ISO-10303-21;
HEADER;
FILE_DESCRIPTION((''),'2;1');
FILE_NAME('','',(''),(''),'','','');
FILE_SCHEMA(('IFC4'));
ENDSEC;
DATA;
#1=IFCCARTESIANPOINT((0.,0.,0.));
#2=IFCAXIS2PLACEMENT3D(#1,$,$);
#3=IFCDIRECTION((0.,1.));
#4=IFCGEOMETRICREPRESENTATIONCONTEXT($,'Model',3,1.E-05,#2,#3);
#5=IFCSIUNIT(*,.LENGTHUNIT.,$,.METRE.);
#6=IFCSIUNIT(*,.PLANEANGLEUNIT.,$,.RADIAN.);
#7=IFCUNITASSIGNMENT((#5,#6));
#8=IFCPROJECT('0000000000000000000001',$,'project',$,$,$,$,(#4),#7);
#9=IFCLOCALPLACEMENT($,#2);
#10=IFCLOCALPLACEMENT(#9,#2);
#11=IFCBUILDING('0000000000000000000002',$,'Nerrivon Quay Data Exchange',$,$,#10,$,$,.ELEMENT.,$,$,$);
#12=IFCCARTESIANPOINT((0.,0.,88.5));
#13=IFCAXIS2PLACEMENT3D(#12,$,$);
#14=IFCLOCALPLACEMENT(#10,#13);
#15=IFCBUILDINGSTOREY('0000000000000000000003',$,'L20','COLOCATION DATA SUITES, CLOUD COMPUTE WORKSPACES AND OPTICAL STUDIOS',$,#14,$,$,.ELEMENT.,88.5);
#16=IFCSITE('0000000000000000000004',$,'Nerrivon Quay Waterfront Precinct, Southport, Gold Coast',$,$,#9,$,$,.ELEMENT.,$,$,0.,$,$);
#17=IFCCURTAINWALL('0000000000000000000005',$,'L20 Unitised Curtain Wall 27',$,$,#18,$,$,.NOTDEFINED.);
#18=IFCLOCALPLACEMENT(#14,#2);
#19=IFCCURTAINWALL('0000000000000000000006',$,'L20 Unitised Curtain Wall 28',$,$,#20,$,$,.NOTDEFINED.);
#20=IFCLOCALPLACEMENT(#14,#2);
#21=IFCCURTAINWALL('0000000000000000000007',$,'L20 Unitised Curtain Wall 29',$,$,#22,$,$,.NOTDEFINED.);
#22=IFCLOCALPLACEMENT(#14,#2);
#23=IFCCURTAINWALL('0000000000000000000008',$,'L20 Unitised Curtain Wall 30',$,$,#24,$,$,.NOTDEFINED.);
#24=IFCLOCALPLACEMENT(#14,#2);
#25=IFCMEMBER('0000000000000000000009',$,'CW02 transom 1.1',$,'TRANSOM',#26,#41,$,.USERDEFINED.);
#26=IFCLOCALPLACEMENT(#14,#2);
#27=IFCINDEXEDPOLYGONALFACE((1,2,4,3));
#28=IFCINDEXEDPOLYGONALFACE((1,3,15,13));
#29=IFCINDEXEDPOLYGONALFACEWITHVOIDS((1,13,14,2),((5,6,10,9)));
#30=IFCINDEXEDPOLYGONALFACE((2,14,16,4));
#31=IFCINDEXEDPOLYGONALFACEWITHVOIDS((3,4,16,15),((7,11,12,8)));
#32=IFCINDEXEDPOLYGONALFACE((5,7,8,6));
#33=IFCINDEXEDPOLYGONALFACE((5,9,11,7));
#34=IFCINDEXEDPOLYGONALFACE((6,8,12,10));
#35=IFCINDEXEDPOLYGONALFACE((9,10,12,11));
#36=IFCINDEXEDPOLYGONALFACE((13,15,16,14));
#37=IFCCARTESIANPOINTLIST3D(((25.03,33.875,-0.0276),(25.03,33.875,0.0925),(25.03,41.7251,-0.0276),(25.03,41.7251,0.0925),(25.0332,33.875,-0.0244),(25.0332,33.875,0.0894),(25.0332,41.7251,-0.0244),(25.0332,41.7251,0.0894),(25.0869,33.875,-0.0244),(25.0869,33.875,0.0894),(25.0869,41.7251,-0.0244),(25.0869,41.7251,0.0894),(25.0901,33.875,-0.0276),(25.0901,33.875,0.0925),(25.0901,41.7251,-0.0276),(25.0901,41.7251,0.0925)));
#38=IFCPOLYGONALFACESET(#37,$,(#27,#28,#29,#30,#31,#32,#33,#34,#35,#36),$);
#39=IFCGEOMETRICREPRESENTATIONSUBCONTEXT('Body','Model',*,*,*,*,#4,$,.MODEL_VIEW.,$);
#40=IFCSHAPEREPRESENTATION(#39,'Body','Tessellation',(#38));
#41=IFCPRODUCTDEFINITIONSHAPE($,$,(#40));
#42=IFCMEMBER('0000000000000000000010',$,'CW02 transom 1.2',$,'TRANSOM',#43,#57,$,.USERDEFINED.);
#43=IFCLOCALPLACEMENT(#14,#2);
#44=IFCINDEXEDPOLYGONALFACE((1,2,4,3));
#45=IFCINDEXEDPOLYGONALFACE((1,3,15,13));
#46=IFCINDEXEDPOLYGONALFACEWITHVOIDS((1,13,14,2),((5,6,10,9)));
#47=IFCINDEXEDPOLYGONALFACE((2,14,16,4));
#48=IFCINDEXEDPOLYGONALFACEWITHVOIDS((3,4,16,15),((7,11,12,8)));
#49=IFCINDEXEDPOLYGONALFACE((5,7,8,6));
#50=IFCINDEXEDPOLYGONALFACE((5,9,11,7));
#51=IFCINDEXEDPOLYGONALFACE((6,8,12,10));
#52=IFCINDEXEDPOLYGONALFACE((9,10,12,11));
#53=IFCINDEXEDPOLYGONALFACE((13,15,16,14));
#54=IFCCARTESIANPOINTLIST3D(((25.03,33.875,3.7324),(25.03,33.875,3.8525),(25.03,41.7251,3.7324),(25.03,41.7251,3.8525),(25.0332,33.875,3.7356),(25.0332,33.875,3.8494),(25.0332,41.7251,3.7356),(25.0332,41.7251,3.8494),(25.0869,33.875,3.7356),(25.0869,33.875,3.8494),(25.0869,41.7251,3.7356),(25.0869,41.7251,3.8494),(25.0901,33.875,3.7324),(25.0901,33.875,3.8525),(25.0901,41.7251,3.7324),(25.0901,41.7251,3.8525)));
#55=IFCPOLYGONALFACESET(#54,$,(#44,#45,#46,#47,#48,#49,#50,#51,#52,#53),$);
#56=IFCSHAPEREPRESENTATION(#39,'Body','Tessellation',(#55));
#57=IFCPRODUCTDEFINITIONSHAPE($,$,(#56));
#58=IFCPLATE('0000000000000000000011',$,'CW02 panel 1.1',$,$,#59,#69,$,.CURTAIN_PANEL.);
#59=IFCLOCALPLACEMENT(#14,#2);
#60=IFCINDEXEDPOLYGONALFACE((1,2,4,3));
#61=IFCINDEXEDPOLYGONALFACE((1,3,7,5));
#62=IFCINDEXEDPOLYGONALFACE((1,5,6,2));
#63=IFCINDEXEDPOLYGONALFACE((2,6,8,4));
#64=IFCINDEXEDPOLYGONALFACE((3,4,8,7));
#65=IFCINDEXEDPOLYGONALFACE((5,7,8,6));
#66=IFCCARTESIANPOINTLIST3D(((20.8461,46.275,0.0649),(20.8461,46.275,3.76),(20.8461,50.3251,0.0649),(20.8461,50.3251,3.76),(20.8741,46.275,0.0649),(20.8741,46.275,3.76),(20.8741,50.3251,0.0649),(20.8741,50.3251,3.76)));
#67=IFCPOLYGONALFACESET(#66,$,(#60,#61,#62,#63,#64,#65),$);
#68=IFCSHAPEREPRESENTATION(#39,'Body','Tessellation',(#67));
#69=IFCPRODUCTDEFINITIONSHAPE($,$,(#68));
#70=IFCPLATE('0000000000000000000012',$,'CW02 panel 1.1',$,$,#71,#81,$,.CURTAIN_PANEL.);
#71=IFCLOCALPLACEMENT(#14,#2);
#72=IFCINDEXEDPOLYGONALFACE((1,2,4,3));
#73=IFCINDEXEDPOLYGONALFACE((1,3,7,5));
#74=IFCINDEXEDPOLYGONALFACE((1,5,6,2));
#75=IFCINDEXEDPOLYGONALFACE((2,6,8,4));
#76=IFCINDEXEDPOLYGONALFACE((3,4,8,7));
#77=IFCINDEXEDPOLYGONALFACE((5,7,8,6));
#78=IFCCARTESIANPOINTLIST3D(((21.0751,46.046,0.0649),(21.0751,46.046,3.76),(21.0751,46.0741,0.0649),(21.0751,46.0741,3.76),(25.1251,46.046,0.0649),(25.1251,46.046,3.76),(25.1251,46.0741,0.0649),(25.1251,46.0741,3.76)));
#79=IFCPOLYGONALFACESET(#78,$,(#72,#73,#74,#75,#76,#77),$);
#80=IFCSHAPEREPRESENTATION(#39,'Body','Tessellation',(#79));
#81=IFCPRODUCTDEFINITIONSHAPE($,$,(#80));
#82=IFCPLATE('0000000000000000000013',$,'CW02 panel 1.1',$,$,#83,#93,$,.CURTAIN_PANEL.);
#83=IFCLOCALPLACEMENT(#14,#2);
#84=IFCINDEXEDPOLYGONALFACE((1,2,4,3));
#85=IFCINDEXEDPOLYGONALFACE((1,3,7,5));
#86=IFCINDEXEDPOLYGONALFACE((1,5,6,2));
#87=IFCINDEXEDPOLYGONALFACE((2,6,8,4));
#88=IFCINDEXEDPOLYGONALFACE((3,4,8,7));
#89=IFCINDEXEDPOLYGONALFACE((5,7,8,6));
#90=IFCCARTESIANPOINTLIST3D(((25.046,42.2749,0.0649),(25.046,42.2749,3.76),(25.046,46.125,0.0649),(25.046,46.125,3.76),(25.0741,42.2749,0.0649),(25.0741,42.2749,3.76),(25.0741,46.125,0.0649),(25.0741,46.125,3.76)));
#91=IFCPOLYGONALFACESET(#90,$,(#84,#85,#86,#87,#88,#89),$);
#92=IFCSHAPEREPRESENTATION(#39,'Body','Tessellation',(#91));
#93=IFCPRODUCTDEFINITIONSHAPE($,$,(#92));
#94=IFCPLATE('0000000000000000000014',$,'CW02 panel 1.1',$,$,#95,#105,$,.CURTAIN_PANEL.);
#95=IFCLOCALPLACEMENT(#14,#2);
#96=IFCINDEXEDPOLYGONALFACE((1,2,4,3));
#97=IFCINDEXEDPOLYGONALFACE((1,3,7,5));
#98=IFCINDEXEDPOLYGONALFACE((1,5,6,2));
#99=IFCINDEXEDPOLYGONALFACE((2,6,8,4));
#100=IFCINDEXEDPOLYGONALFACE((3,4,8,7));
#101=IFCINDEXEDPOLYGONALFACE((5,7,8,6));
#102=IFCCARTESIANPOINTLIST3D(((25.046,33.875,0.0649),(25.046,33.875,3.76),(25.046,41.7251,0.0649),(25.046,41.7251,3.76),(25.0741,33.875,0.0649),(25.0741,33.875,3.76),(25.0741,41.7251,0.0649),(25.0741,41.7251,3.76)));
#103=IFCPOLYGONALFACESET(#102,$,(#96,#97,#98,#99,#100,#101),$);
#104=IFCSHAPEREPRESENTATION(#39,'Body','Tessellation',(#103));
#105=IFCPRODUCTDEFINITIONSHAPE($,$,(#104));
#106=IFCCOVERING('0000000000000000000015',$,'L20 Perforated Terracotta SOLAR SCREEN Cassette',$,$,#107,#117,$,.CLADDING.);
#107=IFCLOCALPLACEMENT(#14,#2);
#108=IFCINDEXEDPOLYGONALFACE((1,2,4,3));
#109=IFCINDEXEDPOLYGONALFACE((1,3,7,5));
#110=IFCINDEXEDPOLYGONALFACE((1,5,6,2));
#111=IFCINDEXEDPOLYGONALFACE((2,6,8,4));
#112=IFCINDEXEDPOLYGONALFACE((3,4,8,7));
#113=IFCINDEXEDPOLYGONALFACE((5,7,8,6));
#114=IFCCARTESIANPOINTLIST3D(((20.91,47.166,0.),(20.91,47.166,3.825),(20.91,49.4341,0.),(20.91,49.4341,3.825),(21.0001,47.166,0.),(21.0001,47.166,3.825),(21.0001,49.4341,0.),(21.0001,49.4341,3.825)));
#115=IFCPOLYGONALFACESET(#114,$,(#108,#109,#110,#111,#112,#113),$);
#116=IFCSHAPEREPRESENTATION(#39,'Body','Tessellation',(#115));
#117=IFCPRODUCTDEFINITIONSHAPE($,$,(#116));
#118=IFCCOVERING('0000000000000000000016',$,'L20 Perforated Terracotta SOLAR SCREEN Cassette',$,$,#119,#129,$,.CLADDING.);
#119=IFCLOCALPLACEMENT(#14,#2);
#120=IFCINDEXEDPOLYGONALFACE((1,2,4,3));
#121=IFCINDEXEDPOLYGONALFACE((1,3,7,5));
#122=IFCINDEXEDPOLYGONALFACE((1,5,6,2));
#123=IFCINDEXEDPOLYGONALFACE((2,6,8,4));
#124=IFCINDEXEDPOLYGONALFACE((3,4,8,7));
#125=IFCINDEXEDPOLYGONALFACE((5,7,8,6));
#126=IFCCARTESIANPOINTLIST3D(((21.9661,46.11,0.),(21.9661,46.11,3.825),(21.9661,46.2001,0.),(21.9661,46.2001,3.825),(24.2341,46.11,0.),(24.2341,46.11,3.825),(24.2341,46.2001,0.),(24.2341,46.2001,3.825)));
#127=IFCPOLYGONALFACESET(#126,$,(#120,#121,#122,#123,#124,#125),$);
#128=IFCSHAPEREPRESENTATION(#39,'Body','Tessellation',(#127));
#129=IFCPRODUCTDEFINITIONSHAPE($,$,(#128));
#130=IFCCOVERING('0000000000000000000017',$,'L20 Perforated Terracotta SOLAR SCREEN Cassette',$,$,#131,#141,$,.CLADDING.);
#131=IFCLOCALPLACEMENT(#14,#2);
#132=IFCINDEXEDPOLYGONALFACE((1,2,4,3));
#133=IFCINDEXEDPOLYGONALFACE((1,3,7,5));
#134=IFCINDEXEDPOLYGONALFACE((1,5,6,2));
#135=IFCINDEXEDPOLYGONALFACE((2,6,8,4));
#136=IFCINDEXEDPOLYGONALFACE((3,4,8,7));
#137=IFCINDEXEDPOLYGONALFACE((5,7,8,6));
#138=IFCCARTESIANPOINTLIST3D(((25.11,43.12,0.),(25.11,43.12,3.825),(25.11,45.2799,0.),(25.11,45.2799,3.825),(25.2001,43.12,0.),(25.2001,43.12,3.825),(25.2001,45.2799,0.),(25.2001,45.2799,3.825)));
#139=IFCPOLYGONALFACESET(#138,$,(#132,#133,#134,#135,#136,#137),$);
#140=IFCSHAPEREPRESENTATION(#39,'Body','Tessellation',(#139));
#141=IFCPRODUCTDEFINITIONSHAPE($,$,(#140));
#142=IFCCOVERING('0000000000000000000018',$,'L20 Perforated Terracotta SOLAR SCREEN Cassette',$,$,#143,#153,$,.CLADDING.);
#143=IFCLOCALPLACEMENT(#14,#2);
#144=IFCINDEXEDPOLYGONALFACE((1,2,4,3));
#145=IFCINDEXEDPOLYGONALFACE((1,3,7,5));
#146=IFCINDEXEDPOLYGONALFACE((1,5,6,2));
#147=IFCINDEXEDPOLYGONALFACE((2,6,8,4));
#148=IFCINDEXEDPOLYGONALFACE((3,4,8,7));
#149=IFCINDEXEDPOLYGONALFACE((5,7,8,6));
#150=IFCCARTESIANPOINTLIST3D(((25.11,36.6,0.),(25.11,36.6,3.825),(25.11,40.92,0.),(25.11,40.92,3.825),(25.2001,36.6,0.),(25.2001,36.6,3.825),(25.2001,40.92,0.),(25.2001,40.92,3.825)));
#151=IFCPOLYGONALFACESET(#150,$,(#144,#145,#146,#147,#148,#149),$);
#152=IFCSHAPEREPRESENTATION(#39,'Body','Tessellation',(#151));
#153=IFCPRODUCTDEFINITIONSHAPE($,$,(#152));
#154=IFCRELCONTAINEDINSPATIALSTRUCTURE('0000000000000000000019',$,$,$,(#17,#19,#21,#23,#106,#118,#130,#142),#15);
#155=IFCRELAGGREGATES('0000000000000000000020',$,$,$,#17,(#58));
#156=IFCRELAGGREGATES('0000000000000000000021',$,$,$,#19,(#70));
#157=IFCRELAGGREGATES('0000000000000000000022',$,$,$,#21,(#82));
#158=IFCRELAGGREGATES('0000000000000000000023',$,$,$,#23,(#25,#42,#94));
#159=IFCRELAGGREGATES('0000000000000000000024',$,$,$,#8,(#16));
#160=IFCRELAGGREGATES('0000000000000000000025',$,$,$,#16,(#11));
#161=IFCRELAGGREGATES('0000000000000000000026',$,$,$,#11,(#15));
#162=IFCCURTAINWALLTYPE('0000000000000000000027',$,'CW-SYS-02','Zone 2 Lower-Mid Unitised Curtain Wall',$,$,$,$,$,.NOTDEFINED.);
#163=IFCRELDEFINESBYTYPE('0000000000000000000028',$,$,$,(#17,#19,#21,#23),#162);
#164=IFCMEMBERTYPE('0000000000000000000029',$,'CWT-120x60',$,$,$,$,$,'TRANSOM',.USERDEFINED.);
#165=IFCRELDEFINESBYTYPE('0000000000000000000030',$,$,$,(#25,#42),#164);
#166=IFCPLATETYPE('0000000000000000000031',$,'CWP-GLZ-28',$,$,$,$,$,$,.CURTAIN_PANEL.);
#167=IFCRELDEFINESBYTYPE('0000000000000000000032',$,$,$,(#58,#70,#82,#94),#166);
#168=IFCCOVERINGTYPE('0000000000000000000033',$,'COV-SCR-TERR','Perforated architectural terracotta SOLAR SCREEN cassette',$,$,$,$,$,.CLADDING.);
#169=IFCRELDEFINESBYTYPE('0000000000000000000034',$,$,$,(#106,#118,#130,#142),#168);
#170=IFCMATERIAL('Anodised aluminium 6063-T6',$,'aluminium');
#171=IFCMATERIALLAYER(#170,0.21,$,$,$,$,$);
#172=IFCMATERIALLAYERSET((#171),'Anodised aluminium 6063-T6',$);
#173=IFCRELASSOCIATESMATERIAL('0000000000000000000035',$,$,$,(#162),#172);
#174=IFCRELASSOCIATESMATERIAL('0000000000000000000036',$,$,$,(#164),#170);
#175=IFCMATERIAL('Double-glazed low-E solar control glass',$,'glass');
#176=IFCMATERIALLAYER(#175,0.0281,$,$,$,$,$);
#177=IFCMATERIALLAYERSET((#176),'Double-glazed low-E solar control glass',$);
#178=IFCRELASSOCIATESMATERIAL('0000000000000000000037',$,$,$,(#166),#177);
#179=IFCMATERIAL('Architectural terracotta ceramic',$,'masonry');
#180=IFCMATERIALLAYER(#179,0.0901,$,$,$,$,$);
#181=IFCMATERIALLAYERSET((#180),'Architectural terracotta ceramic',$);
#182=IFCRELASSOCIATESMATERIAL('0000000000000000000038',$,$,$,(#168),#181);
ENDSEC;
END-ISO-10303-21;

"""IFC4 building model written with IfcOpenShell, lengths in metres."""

from ifc_helpers import new_model, si_unit, direction, frame, origin, origin_2d, place, context, subcontext, project, spatial, rectangle, hollow_rectangle, extrude, material, layer, layer_set, material_profile, profile_set, type_object, element, aggregate, save


model = new_model("IFC4")

# Units and contexts
model_context = context("Model", 3, precision=1e-05, world=origin(), true_north=direction((0.0, 1.0)))
body_context = subcontext(model_context, "Body", "Model", "MODEL_VIEW")
ifc_project = project(units=[si_unit("LENGTHUNIT", "METRE"), si_unit("PLANEANGLEUNIT", "RADIAN")], contexts=[model_context])

# Site, building, storey
site_placement = place(None, origin())
site = spatial("IfcSite", under=ifc_project, at=site_placement, Name="Nerrivon Quay Waterfront Precinct, Southport, Gold Coast", CompositionType="ELEMENT", RefElevation=0.0)
building_placement = place(site_placement, origin())
building = spatial("IfcBuilding", under=site, at=building_placement, Name="Nerrivon Quay Data Exchange", CompositionType="ELEMENT")
storey_placement = place(building_placement, frame((0.0, 0.0, 88.5)))
storey = spatial("IfcBuildingStorey", under=building, at=storey_placement, Name="L20", Description="COLOCATION DATA SUITES, CLOUD COMPUTE WORKSPACES AND OPTICAL STUDIOS", CompositionType="ELEMENT", Elevation=88.5)

# Shared definitions
ifc_material_1 = material(Name="Anodised aluminium 6063-T6", Category="aluminium")
ifc_layer_1 = layer(ifc_material_1, 0.21)
ifc_layer_set_1 = layer_set([ifc_layer_1], Name="Anodised aluminium 6063-T6")
curtain_wall_type = type_object("IfcCurtainWallType", Name="CW-SYS-02", Description="Zone 2 Lower-Mid Unitised Curtain Wall", PredefinedType="NOTDEFINED", material=ifc_layer_set_1)

# Curtain walls
curtain_wall_1_placement = place(storey_placement, origin())
curtain_wall_1 = element("IfcCurtainWall", 1, at=curtain_wall_1_placement, inside=storey, type_object=curtain_wall_type, Name="L20 Unitised Curtain Wall 27", PredefinedType="NOTDEFINED")
curtain_wall_2_placement = place(storey_placement, origin())
curtain_wall_2 = element("IfcCurtainWall", 2, at=curtain_wall_2_placement, inside=storey, type_object=curtain_wall_type, Name="L20 Unitised Curtain Wall 28", PredefinedType="NOTDEFINED")
curtain_wall_3_placement = place(storey_placement, origin())
curtain_wall_3 = element("IfcCurtainWall", 3, at=curtain_wall_3_placement, inside=storey, type_object=curtain_wall_type, Name="L20 Unitised Curtain Wall 29", PredefinedType="NOTDEFINED")
curtain_wall_4_placement = place(storey_placement, origin())
curtain_wall_4 = element("IfcCurtainWall", 4, at=curtain_wall_4_placement, inside=storey, type_object=curtain_wall_type, Name="L20 Unitised Curtain Wall 30", PredefinedType="NOTDEFINED")

# Members
ifc_material_profile_1 = material_profile(ifc_material_1, hollow_rectangle(XDim=0.0601, YDim=0.1201, WallThickness=0.0032, at=origin_2d()), Name="ALU-TRAN-120x60")
ifc_profile_set_1 = profile_set([ifc_material_profile_1], Name="Anodised aluminium 6063-T6")
member_type_1 = type_object("IfcMemberType", Name="CWT-120x60", ElementType="TRANSOM", PredefinedType="USERDEFINED", material=ifc_profile_set_1)
member_1_placement = place(storey_placement, frame((25.0601, 41.7251, 0.0325), z_axis=(0.0, -1.0, 0.0), x_axis=(1.0, 0.0, 0.0)))
member_1 = element("IfcMember", 5, at=member_1_placement, type_object=member_type_1, Name="CW02 transom 1.1", ObjectType="TRANSOM", PredefinedType="USERDEFINED", context=body_context, shape_type="SweptSolid", body=[
    extrude(hollow_rectangle(XDim=0.0601, YDim=0.1201, WallThickness=0.0032, at=origin_2d()), origin(), (0.0, 0.0, 1.0), 7.8501),
])
member_2_placement = place(storey_placement, frame((25.0601, 41.7251, 3.7925), z_axis=(0.0, -1.0, 0.0), x_axis=(1.0, 0.0, 0.0)))
member_2 = element("IfcMember", 6, at=member_2_placement, type_object=member_type_1, Name="CW02 transom 1.2", ObjectType="TRANSOM", PredefinedType="USERDEFINED", context=body_context, shape_type="SweptSolid", body=[
    extrude(hollow_rectangle(XDim=0.0601, YDim=0.1201, WallThickness=0.0032, at=origin_2d()), origin(), (0.0, 0.0, 1.0), 7.8501),
])

# Plates
ifc_material_2 = material(Name="Double-glazed low-E solar control glass", Category="glass")
ifc_layer_2 = layer(ifc_material_2, 0.0281)
ifc_layer_set_2 = layer_set([ifc_layer_2], Name="Double-glazed low-E solar control glass")
plate_type = type_object("IfcPlateType", Name="CWP-GLZ-28", PredefinedType="CURTAIN_PANEL", material=ifc_layer_set_2)
plate_1_placement = place(storey_placement, frame((20.8601, 48.3, 0.0649), z_axis=(0.0, 0.0, 1.0), x_axis=(0.0, -1.0, 0.0)))
plate_1 = element("IfcPlate", 7, at=plate_1_placement, type_object=plate_type, Name="CW02 panel 1.1", PredefinedType="CURTAIN_PANEL", context=body_context, shape_type="SweptSolid", body=[
    extrude(rectangle(XDim=4.05, YDim=0.0281, at=origin_2d()), origin(), (0.0, 0.0, 1.0), 3.6951),
])
aggregate(curtain_wall_1, [plate_1])
plate_2_placement = place(storey_placement, frame((23.1001, 46.0601, 0.0649), z_axis=(0.0, 0.0, 1.0), x_axis=(1.0, 0.0, 0.0)))
plate_2 = element("IfcPlate", 8, at=plate_2_placement, type_object=plate_type, Name="CW02 panel 1.1", PredefinedType="CURTAIN_PANEL", context=body_context, shape_type="SweptSolid", body=[
    extrude(rectangle(XDim=4.05, YDim=0.0281, at=origin_2d()), origin(), (0.0, 0.0, 1.0), 3.6951),
])
aggregate(curtain_wall_2, [plate_2])
plate_3_placement = place(storey_placement, frame((25.0601, 44.2, 0.0649), z_axis=(0.0, 0.0, 1.0), x_axis=(0.0, -1.0, 0.0)))
plate_3 = element("IfcPlate", 9, at=plate_3_placement, type_object=plate_type, Name="CW02 panel 1.1", PredefinedType="CURTAIN_PANEL", context=body_context, shape_type="SweptSolid", body=[
    extrude(rectangle(XDim=3.8501, YDim=0.0281, at=origin_2d()), origin(), (0.0, 0.0, 1.0), 3.6951),
])
aggregate(curtain_wall_3, [plate_3])
plate_4_placement = place(storey_placement, frame((25.0601, 37.8, 0.0649), z_axis=(0.0, 0.0, 1.0), x_axis=(0.0, -1.0, 0.0)))
plate_4 = element("IfcPlate", 10, at=plate_4_placement, type_object=plate_type, Name="CW02 panel 1.1", PredefinedType="CURTAIN_PANEL", context=body_context, shape_type="SweptSolid", body=[
    extrude(rectangle(XDim=7.8501, YDim=0.0281, at=origin_2d()), origin(), (0.0, 0.0, 1.0), 3.6951),
])
aggregate(curtain_wall_4, [member_1, member_2, plate_4])

# Coverings
ifc_material_3 = material(Name="Architectural terracotta ceramic", Category="masonry")
ifc_layer_3 = layer(ifc_material_3, 0.0901)
ifc_layer_set_3 = layer_set([ifc_layer_3], Name="Architectural terracotta ceramic")
covering_type = type_object("IfcCoveringType", Name="COV-SCR-TERR", Description="Perforated architectural terracotta SOLAR SCREEN cassette", PredefinedType="CLADDING", material=ifc_layer_set_3)
for number, where, z_axis, x_axis, name in (
    (11, (20.9551, 48.3, 0.0), (0.0, 0.0, 1.0), (0.0, -1.0, 0.0), "L20 Perforated Terracotta SOLAR SCREEN Cassette"),
    (12, (23.1001, 46.155, 0.0), (0.0, 0.0, 1.0), (1.0, 0.0, 0.0), "L20 Perforated Terracotta SOLAR SCREEN Cassette"),
):
    element("IfcCovering", number, at=place(storey_placement, frame(where, z_axis=z_axis, x_axis=x_axis)), inside=storey, type_object=covering_type, Name=name, PredefinedType="CLADDING", context=body_context, shape_type="SweptSolid", body=[
        extrude(rectangle(XDim=2.2681, YDim=0.0901, at=origin_2d()), origin(), (0.0, 0.0, 1.0), 3.825),
    ])
covering_1_placement = place(storey_placement, frame((25.155, 44.2, 0.0), z_axis=(0.0, 0.0, 1.0), x_axis=(0.0, -1.0, 0.0)))
element("IfcCovering", 13, at=covering_1_placement, inside=storey, type_object=covering_type, Name="L20 Perforated Terracotta SOLAR SCREEN Cassette", PredefinedType="CLADDING", context=body_context, shape_type="SweptSolid", body=[
    extrude(rectangle(XDim=2.1599, YDim=0.0901, at=origin_2d()), origin(), (0.0, 0.0, 1.0), 3.825),
])
covering_2_placement = place(storey_placement, frame((25.155, 38.76, 0.0), z_axis=(0.0, 0.0, 1.0), x_axis=(0.0, -1.0, 0.0)))
element("IfcCovering", 14, at=covering_2_placement, inside=storey, type_object=covering_type, Name="L20 Perforated Terracotta SOLAR SCREEN Cassette", PredefinedType="CLADDING", context=body_context, shape_type="SweptSolid", body=[
    extrude(rectangle(XDim=4.3201, YDim=0.0901, at=origin_2d()), origin(), (0.0, 0.0, 1.0), 3.825),
])

save(model, "model.ifc")
